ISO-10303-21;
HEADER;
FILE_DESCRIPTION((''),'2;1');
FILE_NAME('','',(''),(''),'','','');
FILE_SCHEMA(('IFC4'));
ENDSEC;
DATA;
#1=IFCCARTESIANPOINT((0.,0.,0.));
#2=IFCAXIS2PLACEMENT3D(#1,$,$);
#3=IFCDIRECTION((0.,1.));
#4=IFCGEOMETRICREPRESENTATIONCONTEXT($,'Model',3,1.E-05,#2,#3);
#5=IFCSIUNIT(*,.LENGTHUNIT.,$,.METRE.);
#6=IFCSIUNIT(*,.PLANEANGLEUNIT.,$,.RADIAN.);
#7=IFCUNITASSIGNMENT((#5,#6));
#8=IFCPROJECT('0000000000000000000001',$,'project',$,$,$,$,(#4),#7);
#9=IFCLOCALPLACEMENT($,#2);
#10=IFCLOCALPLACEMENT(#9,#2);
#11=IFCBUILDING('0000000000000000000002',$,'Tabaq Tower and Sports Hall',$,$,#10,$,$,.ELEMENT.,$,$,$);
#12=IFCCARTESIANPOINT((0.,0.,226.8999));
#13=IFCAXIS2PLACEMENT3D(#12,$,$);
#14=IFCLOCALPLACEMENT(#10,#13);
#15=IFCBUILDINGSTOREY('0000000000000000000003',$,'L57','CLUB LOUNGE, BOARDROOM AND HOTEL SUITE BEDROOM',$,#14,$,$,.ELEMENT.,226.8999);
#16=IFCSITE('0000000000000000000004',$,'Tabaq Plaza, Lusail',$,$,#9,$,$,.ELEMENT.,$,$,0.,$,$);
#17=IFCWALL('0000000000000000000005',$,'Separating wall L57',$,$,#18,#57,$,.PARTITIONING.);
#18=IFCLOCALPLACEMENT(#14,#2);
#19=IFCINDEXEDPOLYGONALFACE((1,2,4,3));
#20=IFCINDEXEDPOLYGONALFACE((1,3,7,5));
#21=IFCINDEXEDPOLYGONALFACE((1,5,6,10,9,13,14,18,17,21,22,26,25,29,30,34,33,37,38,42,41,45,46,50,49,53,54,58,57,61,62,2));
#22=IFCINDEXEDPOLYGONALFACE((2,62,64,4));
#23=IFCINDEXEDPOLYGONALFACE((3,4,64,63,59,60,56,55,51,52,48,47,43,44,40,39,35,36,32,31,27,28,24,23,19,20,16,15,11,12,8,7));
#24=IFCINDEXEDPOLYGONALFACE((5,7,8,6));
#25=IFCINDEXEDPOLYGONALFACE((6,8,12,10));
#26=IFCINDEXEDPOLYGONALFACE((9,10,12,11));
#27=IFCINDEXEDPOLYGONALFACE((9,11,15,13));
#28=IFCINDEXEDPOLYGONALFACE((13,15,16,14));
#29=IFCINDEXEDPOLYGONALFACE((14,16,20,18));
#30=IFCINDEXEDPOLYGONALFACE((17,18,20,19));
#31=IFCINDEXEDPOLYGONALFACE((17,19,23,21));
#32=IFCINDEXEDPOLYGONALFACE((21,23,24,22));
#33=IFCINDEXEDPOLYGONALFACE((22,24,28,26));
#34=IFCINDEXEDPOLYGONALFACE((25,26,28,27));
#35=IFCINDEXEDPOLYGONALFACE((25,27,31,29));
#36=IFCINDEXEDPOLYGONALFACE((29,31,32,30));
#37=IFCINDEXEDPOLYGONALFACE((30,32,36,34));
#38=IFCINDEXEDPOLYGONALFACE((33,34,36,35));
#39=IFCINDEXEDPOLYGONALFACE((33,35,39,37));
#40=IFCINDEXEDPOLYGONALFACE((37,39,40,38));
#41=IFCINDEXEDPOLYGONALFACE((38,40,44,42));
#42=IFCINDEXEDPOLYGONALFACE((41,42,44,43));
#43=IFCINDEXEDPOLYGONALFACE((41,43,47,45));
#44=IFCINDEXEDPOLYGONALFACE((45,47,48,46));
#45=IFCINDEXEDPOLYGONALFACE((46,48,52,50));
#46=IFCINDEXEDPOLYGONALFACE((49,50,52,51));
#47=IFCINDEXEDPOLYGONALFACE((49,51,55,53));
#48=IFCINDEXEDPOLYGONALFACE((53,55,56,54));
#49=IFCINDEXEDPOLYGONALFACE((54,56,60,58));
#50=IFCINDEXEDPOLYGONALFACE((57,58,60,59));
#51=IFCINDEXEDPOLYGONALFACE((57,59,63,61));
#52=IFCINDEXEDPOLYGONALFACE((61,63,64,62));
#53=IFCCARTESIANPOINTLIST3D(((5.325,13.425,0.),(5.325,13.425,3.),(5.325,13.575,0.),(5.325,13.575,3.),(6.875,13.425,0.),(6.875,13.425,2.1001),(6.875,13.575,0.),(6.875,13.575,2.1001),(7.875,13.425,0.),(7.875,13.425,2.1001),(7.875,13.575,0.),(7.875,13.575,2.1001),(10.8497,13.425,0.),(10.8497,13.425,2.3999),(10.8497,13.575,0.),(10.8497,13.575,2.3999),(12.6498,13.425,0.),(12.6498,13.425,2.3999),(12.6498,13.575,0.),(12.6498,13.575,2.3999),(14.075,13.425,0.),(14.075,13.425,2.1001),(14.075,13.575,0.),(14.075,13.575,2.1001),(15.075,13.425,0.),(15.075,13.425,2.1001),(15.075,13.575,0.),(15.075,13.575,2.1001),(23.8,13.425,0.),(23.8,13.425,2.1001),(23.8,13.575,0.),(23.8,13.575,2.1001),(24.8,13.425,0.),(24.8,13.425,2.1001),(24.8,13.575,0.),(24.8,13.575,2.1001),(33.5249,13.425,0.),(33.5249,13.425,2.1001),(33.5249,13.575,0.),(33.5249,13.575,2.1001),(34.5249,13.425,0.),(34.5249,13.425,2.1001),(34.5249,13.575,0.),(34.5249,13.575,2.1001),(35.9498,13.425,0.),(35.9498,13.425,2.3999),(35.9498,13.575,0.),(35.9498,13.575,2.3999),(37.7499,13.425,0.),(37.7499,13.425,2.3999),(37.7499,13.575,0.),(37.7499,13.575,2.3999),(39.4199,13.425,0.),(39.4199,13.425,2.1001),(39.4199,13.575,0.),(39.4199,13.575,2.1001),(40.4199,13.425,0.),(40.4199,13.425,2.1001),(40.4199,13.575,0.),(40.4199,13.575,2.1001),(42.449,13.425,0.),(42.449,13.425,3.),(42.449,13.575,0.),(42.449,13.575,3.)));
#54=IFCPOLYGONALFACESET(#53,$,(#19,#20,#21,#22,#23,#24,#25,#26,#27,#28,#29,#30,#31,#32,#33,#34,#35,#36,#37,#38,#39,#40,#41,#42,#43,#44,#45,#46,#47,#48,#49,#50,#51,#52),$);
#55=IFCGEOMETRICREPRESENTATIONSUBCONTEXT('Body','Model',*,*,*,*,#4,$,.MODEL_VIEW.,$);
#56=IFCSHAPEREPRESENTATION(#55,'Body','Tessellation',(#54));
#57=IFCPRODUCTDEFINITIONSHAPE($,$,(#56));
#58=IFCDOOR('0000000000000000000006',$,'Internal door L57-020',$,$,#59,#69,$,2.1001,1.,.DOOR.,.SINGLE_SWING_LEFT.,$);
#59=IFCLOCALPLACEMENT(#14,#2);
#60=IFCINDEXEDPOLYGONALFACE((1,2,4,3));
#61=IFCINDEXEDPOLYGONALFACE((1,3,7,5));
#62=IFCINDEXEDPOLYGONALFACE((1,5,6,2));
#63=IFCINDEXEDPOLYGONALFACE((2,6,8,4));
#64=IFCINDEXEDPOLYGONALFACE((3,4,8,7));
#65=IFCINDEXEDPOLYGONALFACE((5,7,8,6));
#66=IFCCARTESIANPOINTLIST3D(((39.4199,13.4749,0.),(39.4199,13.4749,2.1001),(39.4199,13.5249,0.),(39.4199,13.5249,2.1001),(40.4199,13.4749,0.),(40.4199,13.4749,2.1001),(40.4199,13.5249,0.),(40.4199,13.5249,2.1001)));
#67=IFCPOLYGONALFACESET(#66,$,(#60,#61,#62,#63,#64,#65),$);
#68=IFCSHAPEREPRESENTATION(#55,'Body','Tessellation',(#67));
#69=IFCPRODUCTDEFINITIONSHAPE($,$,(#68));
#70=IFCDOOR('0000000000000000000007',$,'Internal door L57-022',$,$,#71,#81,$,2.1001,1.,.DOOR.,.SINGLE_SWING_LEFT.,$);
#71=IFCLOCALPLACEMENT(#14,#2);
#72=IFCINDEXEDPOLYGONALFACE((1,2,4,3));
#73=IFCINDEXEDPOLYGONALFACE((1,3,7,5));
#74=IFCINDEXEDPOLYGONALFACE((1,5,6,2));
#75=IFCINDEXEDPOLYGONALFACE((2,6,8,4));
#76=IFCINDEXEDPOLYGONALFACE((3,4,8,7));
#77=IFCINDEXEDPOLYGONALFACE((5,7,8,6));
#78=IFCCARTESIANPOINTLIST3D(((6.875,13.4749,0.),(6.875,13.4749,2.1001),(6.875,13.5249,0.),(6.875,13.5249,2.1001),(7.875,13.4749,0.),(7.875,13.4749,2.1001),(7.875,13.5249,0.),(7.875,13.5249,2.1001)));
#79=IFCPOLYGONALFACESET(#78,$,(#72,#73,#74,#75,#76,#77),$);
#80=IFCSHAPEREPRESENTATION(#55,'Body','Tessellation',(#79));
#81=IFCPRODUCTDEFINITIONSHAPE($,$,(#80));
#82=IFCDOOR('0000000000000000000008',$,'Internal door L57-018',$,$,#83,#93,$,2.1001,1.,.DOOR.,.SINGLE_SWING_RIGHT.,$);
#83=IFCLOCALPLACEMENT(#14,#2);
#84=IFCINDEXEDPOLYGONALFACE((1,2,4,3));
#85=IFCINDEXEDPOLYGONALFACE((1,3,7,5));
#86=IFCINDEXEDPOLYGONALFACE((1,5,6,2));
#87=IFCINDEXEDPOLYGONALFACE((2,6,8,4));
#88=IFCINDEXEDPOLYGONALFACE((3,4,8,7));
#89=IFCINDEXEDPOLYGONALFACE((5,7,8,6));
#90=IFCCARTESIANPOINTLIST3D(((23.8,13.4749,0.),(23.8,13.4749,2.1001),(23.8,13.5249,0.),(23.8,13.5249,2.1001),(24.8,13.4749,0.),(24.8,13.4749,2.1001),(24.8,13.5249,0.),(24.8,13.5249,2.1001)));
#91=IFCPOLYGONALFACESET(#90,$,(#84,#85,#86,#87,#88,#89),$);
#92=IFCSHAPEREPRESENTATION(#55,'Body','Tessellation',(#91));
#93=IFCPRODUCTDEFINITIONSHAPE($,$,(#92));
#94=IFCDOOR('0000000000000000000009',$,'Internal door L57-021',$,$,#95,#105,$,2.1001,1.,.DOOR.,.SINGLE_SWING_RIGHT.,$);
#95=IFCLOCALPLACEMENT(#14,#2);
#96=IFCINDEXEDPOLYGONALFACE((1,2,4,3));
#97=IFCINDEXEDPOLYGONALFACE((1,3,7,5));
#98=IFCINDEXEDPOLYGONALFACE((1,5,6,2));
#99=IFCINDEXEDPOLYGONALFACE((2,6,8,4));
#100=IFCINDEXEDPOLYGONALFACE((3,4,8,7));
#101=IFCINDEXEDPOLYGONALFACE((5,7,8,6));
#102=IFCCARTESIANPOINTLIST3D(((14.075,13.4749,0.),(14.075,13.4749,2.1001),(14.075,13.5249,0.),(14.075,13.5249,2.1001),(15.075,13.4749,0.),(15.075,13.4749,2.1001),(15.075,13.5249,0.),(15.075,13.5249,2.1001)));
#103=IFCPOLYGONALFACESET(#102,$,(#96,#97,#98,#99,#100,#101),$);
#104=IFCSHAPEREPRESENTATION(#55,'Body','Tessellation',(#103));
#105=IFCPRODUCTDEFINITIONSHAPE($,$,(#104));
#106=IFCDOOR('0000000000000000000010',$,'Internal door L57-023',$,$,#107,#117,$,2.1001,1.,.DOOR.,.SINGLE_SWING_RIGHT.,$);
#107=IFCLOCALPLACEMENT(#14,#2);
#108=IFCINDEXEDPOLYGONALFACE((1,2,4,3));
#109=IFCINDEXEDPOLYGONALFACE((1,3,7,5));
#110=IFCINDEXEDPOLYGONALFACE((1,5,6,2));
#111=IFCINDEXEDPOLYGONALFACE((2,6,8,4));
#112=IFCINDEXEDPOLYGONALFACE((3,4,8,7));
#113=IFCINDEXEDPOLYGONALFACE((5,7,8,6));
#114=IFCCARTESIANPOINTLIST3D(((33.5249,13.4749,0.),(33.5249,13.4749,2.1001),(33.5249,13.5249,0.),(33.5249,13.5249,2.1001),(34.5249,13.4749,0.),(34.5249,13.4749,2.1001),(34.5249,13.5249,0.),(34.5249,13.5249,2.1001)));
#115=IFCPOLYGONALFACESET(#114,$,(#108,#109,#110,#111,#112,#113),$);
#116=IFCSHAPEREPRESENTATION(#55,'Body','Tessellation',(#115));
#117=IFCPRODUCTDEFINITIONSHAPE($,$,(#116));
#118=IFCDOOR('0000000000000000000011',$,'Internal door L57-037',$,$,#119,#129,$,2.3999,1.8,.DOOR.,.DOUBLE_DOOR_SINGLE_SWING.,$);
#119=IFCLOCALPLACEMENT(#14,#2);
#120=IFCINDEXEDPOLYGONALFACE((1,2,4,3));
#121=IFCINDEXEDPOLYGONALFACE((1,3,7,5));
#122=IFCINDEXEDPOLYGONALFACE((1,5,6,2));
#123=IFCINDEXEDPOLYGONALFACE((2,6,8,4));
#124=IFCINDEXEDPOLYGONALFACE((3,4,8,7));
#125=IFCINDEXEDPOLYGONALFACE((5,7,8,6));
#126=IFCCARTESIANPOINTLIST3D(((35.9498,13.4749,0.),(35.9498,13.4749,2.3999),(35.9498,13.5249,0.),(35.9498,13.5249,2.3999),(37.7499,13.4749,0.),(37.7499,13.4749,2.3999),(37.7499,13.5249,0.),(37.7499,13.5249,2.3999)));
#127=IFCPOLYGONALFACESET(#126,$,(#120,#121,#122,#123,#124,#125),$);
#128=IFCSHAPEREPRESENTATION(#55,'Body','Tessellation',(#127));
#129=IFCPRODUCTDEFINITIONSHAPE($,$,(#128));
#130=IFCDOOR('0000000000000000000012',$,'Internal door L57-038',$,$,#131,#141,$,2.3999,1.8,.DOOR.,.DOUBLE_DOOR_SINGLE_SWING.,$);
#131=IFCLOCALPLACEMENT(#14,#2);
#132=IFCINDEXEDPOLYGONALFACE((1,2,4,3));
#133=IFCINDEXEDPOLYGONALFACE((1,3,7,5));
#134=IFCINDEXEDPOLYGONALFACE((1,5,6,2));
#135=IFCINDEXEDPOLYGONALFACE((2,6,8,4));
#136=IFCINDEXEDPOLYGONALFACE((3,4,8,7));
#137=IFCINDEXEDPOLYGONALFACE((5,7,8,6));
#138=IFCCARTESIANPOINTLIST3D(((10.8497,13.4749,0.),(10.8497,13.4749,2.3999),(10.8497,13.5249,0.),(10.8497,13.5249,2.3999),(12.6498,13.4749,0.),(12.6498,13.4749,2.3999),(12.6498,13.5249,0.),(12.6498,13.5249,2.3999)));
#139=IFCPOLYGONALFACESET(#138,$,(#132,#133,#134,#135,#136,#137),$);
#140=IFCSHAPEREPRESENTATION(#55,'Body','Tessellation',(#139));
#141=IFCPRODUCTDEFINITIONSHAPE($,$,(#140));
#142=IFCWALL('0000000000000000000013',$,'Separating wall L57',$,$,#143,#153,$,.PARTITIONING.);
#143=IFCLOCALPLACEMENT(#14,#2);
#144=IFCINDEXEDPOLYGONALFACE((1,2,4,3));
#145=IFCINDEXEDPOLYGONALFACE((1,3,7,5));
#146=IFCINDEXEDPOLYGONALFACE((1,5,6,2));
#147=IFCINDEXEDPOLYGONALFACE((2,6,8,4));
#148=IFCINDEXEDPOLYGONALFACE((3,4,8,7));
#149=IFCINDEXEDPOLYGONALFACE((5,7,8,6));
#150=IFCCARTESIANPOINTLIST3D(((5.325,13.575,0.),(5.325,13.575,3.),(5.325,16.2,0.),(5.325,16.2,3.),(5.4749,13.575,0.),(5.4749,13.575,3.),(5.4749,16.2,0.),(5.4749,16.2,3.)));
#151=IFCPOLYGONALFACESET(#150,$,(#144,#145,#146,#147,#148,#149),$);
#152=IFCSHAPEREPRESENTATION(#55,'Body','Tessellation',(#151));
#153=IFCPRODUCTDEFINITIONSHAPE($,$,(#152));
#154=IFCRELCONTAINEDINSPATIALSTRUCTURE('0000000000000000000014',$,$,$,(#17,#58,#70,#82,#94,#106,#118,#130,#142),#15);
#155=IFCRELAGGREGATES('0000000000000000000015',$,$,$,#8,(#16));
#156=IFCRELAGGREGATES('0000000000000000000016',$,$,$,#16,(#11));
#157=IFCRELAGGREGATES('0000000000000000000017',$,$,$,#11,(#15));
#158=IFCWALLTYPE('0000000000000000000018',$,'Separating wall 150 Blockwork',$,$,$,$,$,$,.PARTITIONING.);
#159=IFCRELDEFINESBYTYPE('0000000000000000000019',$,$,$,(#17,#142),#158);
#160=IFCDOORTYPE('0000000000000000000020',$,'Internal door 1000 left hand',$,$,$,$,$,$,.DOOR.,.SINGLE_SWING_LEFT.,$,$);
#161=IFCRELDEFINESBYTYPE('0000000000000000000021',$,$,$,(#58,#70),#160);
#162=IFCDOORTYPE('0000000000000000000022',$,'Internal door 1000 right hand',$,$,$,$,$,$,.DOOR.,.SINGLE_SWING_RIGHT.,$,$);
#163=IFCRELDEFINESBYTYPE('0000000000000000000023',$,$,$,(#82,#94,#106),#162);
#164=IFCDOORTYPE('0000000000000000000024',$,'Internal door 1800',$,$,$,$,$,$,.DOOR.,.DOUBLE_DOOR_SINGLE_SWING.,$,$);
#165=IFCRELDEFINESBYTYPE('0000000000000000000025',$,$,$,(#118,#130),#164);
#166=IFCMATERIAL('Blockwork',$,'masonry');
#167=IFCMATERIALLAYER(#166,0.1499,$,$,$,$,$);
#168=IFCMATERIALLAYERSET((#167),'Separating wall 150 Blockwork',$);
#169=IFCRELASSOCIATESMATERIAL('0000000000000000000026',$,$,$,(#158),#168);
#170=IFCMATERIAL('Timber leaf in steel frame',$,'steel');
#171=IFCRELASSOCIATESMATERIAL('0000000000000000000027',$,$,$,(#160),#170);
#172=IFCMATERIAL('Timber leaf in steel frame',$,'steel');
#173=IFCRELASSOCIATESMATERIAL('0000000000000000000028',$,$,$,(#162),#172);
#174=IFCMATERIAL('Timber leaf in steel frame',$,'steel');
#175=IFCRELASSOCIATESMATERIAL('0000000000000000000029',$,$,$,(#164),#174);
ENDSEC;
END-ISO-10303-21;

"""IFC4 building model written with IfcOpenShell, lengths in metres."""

from ifc_helpers import new_model, si_unit, direction, frame, frame_2d, origin, place, context, subcontext, project, spatial, rectangle, extrude, material, layer, layer_set, type_object, element, fill, save


model = new_model("IFC4")

# Units and contexts
model_context = context("Model", 3, precision=1e-05, world=origin(), true_north=direction((0.0, 1.0)))
body_context = subcontext(model_context, "Body", "Model", "MODEL_VIEW")
ifc_project = project(units=[si_unit("LENGTHUNIT", "METRE"), si_unit("PLANEANGLEUNIT", "RADIAN")], contexts=[model_context])

# Site, building, storey
site_placement = place(None, origin())
site = spatial("IfcSite", under=ifc_project, at=site_placement, Name="Tabaq Plaza, Lusail", CompositionType="ELEMENT", RefElevation=0.0)
building_placement = place(site_placement, origin())
building = spatial("IfcBuilding", under=site, at=building_placement, Name="Tabaq Tower and Sports Hall", CompositionType="ELEMENT")
storey_placement = place(building_placement, frame((0.0, 0.0, 226.8999)))
storey = spatial("IfcBuildingStorey", under=building, at=storey_placement, Name="L57", Description="CLUB LOUNGE, BOARDROOM AND HOTEL SUITE BEDROOM", CompositionType="ELEMENT", Elevation=226.8999)

# Shared definitions
ifc_material_1 = material(Name="Blockwork", Category="masonry")
ifc_layer_1 = layer(ifc_material_1, 0.1499)
ifc_layer_set_1 = layer_set([ifc_layer_1], Name="Separating wall 150 Blockwork")
wall_type_1 = type_object("IfcWallType", Name="Separating wall 150 Blockwork", PredefinedType="PARTITIONING", material=ifc_layer_set_1)

# Wall, openings, doors
ifc_material_2 = material(Name="Timber leaf in steel frame", Category="steel")
door_type_1 = type_object("IfcDoorType", Name="Internal door 1000 left hand", OperationType="SINGLE_SWING_LEFT", PredefinedType="DOOR", material=ifc_material_2)
ifc_material_3 = material(Name="Timber leaf in steel frame", Category="steel")
door_type_2 = type_object("IfcDoorType", Name="Internal door 1000 right hand", OperationType="SINGLE_SWING_RIGHT", PredefinedType="DOOR", material=ifc_material_3)
wall_1_placement = place(storey_placement, frame((5.325, 13.5, 0.0), z_axis=(0.0, 0.0, 1.0), x_axis=(1.0, 0.0, 0.0)))
wall_1 = element("IfcWall", 1, at=wall_1_placement, inside=storey, type_object=wall_type_1, Name="Separating wall L57", PredefinedType="PARTITIONING", context=body_context, shape_type="SweptSolid", body=[
    extrude(rectangle(XDim=37.124, YDim=0.1499, at=frame_2d((18.562, 0.0))), origin(), (0.0, 0.0, 1.0), 3.0),
])
opening_1_placement = place(wall_1_placement, frame((18.4751, 0.0, 0.0)))
opening_1 = element("IfcOpeningElement", 2, at=opening_1_placement, cuts=wall_1, PredefinedType="OPENING", context=body_context, shape_type="SweptSolid", body=[
    extrude(rectangle(XDim=1.0, YDim=2.1001, at=frame_2d((0.5, 1.05))), frame((0.0, 0.075, 0.0), z_axis=(0.0, -1.0, 0.0), x_axis=(1.0, 0.0, 0.0)), (0.0, 0.0, 1.0), 0.1499),
])
opening_2_placement = place(wall_1_placement, frame((34.095, 0.0, 0.0)))
opening_2 = element("IfcOpeningElement", 3, at=opening_2_placement, cuts=wall_1, PredefinedType="OPENING", context=body_context, shape_type="SweptSolid", body=[
    extrude(rectangle(XDim=1.0, YDim=2.1001, at=frame_2d((0.5, 1.05))), frame((0.0, 0.075, 0.0), z_axis=(0.0, -1.0, 0.0), x_axis=(1.0, 0.0, 0.0)), (0.0, 0.0, 1.0), 0.1499),
])
opening_3_placement = place(wall_1_placement, frame((8.75, 0.0, 0.0)))
opening_3 = element("IfcOpeningElement", 4, at=opening_3_placement, cuts=wall_1, PredefinedType="OPENING", context=body_context, shape_type="SweptSolid", body=[
    extrude(rectangle(XDim=1.0, YDim=2.1001, at=frame_2d((0.5, 1.05))), frame((0.0, 0.075, 0.0), z_axis=(0.0, -1.0, 0.0), x_axis=(1.0, 0.0, 0.0)), (0.0, 0.0, 1.0), 0.1499),
])
opening_4_placement = place(wall_1_placement, frame((1.55, 0.0, 0.0)))
opening_4 = element("IfcOpeningElement", 5, at=opening_4_placement, cuts=wall_1, PredefinedType="OPENING", context=body_context, shape_type="SweptSolid", body=[
    extrude(rectangle(XDim=1.0, YDim=2.1001, at=frame_2d((0.5, 1.05))), frame((0.0, 0.075, 0.0), z_axis=(0.0, -1.0, 0.0), x_axis=(1.0, 0.0, 0.0)), (0.0, 0.0, 1.0), 0.1499),
])
opening_5_placement = place(wall_1_placement, frame((28.2, 0.0, 0.0)))
opening_5 = element("IfcOpeningElement", 6, at=opening_5_placement, cuts=wall_1, PredefinedType="OPENING", context=body_context, shape_type="SweptSolid", body=[
    extrude(rectangle(XDim=1.0, YDim=2.1001, at=frame_2d((0.5, 1.05))), frame((0.0, 0.075, 0.0), z_axis=(0.0, -1.0, 0.0), x_axis=(1.0, 0.0, 0.0)), (0.0, 0.0, 1.0), 0.1499),
])
opening_6_placement = place(wall_1_placement, frame((30.625, 0.0, 0.0)))
opening_6 = element("IfcOpeningElement", 7, at=opening_6_placement, cuts=wall_1, PredefinedType="OPENING", context=body_context, shape_type="SweptSolid", body=[
    extrude(rectangle(XDim=1.8, YDim=2.3999, at=frame_2d((0.8999, 1.2))), frame((0.0, 0.075, 0.0), z_axis=(0.0, -1.0, 0.0), x_axis=(1.0, 0.0, 0.0)), (0.0, 0.0, 1.0), 0.1499),
])
opening_7_placement = place(wall_1_placement, frame((5.5249, 0.0, 0.0)))
opening_7 = element("IfcOpeningElement", 8, at=opening_7_placement, cuts=wall_1, PredefinedType="OPENING", context=body_context, shape_type="SweptSolid", body=[
    extrude(rectangle(XDim=1.8, YDim=2.3999, at=frame_2d((0.8999, 1.2))), frame((0.0, 0.075, 0.0), z_axis=(0.0, -1.0, 0.0), x_axis=(1.0, 0.0, 0.0)), (0.0, 0.0, 1.0), 0.1499),
])
door_1_placement = place(opening_2_placement, origin())
door_1 = element("IfcDoor", 9, at=door_1_placement, inside=storey, type_object=door_type_1, Name="Internal door L57-020", OperationType="SINGLE_SWING_LEFT", OverallHeight=2.1001, OverallWidth=1.0, PredefinedType="DOOR", context=body_context, shape_type="SweptSolid", body=[
    extrude(rectangle(XDim=1.0, YDim=2.1001, at=frame_2d((0.5, 1.05))), frame((0.0, 0.0249, 0.0), z_axis=(0.0, -1.0, 0.0), x_axis=(1.0, 0.0, 0.0)), (0.0, 0.0, 1.0), 0.05),
])
fill(opening_2, door_1)
door_2_placement = place(opening_4_placement, origin())
door_2 = element("IfcDoor", 10, at=door_2_placement, inside=storey, type_object=door_type_1, Name="Internal door L57-022", OperationType="SINGLE_SWING_LEFT", OverallHeight=2.1001, OverallWidth=1.0, PredefinedType="DOOR", context=body_context, shape_type="SweptSolid", body=[
    extrude(rectangle(XDim=1.0, YDim=2.1001, at=frame_2d((0.5, 1.05))), frame((0.0, 0.0249, 0.0), z_axis=(0.0, -1.0, 0.0), x_axis=(1.0, 0.0, 0.0)), (0.0, 0.0, 1.0), 0.05),
])
fill(opening_4, door_2)
door_3_placement = place(opening_1_placement, origin())
door_3 = element("IfcDoor", 11, at=door_3_placement, inside=storey, type_object=door_type_2, Name="Internal door L57-018", OperationType="SINGLE_SWING_RIGHT", OverallHeight=2.1001, OverallWidth=1.0, PredefinedType="DOOR", context=body_context, shape_type="SweptSolid", body=[
    extrude(rectangle(XDim=1.0, YDim=2.1001, at=frame_2d((0.5, 1.05))), frame((0.0, 0.0249, 0.0), z_axis=(0.0, -1.0, 0.0), x_axis=(1.0, 0.0, 0.0)), (0.0, 0.0, 1.0), 0.05),
])
fill(opening_1, door_3)
door_4_placement = place(opening_3_placement, origin())
door_4 = element("IfcDoor", 12, at=door_4_placement, inside=storey, type_object=door_type_2, Name="Internal door L57-021", OperationType="SINGLE_SWING_RIGHT", OverallHeight=2.1001, OverallWidth=1.0, PredefinedType="DOOR", context=body_context, shape_type="SweptSolid", body=[
    extrude(rectangle(XDim=1.0, YDim=2.1001, at=frame_2d((0.5, 1.05))), frame((0.0, 0.0249, 0.0), z_axis=(0.0, -1.0, 0.0), x_axis=(1.0, 0.0, 0.0)), (0.0, 0.0, 1.0), 0.05),
])
fill(opening_3, door_4)
door_5_placement = place(opening_5_placement, origin())
door_5 = element("IfcDoor", 13, at=door_5_placement, inside=storey, type_object=door_type_2, Name="Internal door L57-023", OperationType="SINGLE_SWING_RIGHT", OverallHeight=2.1001, OverallWidth=1.0, PredefinedType="DOOR", context=body_context, shape_type="SweptSolid", body=[
    extrude(rectangle(XDim=1.0, YDim=2.1001, at=frame_2d((0.5, 1.05))), frame((0.0, 0.0249, 0.0), z_axis=(0.0, -1.0, 0.0), x_axis=(1.0, 0.0, 0.0)), (0.0, 0.0, 1.0), 0.05),
])
fill(opening_5, door_5)
ifc_material_4 = material(Name="Timber leaf in steel frame", Category="steel")
door_type_3 = type_object("IfcDoorType", Name="Internal door 1800", OperationType="DOUBLE_DOOR_SINGLE_SWING", PredefinedType="DOOR", material=ifc_material_4)
door_6_placement = place(opening_6_placement, origin())
door_6 = element("IfcDoor", 14, at=door_6_placement, inside=storey, type_object=door_type_3, Name="Internal door L57-037", OperationType="DOUBLE_DOOR_SINGLE_SWING", OverallHeight=2.3999, OverallWidth=1.8, PredefinedType="DOOR", context=body_context, shape_type="SweptSolid", body=[
    extrude(rectangle(XDim=1.8, YDim=2.3999, at=frame_2d((0.8999, 1.2))), frame((0.0, 0.0249, 0.0), z_axis=(0.0, -1.0, 0.0), x_axis=(1.0, 0.0, 0.0)), (0.0, 0.0, 1.0), 0.05),
])
fill(opening_6, door_6)
door_7_placement = place(opening_7_placement, origin())
door_7 = element("IfcDoor", 15, at=door_7_placement, inside=storey, type_object=door_type_3, Name="Internal door L57-038", OperationType="DOUBLE_DOOR_SINGLE_SWING", OverallHeight=2.3999, OverallWidth=1.8, PredefinedType="DOOR", context=body_context, shape_type="SweptSolid", body=[
    extrude(rectangle(XDim=1.8, YDim=2.3999, at=frame_2d((0.8999, 1.2))), frame((0.0, 0.0249, 0.0), z_axis=(0.0, -1.0, 0.0), x_axis=(1.0, 0.0, 0.0)), (0.0, 0.0, 1.0), 0.05),
])
fill(opening_7, door_7)

# Wall
wall_2_placement = place(storey_placement, frame((5.3999, 13.575, 0.0), z_axis=(0.0, 0.0, 1.0), x_axis=(0.0, 1.0, 0.0)))
element("IfcWall", 16, at=wall_2_placement, inside=storey, type_object=wall_type_1, Name="Separating wall L57", PredefinedType="PARTITIONING", context=body_context, shape_type="SweptSolid", body=[
    extrude(rectangle(XDim=2.625, YDim=0.1499, at=frame_2d((1.3125, 0.0))), origin(), (0.0, 0.0, 1.0), 3.0),
])

save(model, "model.ifc")
